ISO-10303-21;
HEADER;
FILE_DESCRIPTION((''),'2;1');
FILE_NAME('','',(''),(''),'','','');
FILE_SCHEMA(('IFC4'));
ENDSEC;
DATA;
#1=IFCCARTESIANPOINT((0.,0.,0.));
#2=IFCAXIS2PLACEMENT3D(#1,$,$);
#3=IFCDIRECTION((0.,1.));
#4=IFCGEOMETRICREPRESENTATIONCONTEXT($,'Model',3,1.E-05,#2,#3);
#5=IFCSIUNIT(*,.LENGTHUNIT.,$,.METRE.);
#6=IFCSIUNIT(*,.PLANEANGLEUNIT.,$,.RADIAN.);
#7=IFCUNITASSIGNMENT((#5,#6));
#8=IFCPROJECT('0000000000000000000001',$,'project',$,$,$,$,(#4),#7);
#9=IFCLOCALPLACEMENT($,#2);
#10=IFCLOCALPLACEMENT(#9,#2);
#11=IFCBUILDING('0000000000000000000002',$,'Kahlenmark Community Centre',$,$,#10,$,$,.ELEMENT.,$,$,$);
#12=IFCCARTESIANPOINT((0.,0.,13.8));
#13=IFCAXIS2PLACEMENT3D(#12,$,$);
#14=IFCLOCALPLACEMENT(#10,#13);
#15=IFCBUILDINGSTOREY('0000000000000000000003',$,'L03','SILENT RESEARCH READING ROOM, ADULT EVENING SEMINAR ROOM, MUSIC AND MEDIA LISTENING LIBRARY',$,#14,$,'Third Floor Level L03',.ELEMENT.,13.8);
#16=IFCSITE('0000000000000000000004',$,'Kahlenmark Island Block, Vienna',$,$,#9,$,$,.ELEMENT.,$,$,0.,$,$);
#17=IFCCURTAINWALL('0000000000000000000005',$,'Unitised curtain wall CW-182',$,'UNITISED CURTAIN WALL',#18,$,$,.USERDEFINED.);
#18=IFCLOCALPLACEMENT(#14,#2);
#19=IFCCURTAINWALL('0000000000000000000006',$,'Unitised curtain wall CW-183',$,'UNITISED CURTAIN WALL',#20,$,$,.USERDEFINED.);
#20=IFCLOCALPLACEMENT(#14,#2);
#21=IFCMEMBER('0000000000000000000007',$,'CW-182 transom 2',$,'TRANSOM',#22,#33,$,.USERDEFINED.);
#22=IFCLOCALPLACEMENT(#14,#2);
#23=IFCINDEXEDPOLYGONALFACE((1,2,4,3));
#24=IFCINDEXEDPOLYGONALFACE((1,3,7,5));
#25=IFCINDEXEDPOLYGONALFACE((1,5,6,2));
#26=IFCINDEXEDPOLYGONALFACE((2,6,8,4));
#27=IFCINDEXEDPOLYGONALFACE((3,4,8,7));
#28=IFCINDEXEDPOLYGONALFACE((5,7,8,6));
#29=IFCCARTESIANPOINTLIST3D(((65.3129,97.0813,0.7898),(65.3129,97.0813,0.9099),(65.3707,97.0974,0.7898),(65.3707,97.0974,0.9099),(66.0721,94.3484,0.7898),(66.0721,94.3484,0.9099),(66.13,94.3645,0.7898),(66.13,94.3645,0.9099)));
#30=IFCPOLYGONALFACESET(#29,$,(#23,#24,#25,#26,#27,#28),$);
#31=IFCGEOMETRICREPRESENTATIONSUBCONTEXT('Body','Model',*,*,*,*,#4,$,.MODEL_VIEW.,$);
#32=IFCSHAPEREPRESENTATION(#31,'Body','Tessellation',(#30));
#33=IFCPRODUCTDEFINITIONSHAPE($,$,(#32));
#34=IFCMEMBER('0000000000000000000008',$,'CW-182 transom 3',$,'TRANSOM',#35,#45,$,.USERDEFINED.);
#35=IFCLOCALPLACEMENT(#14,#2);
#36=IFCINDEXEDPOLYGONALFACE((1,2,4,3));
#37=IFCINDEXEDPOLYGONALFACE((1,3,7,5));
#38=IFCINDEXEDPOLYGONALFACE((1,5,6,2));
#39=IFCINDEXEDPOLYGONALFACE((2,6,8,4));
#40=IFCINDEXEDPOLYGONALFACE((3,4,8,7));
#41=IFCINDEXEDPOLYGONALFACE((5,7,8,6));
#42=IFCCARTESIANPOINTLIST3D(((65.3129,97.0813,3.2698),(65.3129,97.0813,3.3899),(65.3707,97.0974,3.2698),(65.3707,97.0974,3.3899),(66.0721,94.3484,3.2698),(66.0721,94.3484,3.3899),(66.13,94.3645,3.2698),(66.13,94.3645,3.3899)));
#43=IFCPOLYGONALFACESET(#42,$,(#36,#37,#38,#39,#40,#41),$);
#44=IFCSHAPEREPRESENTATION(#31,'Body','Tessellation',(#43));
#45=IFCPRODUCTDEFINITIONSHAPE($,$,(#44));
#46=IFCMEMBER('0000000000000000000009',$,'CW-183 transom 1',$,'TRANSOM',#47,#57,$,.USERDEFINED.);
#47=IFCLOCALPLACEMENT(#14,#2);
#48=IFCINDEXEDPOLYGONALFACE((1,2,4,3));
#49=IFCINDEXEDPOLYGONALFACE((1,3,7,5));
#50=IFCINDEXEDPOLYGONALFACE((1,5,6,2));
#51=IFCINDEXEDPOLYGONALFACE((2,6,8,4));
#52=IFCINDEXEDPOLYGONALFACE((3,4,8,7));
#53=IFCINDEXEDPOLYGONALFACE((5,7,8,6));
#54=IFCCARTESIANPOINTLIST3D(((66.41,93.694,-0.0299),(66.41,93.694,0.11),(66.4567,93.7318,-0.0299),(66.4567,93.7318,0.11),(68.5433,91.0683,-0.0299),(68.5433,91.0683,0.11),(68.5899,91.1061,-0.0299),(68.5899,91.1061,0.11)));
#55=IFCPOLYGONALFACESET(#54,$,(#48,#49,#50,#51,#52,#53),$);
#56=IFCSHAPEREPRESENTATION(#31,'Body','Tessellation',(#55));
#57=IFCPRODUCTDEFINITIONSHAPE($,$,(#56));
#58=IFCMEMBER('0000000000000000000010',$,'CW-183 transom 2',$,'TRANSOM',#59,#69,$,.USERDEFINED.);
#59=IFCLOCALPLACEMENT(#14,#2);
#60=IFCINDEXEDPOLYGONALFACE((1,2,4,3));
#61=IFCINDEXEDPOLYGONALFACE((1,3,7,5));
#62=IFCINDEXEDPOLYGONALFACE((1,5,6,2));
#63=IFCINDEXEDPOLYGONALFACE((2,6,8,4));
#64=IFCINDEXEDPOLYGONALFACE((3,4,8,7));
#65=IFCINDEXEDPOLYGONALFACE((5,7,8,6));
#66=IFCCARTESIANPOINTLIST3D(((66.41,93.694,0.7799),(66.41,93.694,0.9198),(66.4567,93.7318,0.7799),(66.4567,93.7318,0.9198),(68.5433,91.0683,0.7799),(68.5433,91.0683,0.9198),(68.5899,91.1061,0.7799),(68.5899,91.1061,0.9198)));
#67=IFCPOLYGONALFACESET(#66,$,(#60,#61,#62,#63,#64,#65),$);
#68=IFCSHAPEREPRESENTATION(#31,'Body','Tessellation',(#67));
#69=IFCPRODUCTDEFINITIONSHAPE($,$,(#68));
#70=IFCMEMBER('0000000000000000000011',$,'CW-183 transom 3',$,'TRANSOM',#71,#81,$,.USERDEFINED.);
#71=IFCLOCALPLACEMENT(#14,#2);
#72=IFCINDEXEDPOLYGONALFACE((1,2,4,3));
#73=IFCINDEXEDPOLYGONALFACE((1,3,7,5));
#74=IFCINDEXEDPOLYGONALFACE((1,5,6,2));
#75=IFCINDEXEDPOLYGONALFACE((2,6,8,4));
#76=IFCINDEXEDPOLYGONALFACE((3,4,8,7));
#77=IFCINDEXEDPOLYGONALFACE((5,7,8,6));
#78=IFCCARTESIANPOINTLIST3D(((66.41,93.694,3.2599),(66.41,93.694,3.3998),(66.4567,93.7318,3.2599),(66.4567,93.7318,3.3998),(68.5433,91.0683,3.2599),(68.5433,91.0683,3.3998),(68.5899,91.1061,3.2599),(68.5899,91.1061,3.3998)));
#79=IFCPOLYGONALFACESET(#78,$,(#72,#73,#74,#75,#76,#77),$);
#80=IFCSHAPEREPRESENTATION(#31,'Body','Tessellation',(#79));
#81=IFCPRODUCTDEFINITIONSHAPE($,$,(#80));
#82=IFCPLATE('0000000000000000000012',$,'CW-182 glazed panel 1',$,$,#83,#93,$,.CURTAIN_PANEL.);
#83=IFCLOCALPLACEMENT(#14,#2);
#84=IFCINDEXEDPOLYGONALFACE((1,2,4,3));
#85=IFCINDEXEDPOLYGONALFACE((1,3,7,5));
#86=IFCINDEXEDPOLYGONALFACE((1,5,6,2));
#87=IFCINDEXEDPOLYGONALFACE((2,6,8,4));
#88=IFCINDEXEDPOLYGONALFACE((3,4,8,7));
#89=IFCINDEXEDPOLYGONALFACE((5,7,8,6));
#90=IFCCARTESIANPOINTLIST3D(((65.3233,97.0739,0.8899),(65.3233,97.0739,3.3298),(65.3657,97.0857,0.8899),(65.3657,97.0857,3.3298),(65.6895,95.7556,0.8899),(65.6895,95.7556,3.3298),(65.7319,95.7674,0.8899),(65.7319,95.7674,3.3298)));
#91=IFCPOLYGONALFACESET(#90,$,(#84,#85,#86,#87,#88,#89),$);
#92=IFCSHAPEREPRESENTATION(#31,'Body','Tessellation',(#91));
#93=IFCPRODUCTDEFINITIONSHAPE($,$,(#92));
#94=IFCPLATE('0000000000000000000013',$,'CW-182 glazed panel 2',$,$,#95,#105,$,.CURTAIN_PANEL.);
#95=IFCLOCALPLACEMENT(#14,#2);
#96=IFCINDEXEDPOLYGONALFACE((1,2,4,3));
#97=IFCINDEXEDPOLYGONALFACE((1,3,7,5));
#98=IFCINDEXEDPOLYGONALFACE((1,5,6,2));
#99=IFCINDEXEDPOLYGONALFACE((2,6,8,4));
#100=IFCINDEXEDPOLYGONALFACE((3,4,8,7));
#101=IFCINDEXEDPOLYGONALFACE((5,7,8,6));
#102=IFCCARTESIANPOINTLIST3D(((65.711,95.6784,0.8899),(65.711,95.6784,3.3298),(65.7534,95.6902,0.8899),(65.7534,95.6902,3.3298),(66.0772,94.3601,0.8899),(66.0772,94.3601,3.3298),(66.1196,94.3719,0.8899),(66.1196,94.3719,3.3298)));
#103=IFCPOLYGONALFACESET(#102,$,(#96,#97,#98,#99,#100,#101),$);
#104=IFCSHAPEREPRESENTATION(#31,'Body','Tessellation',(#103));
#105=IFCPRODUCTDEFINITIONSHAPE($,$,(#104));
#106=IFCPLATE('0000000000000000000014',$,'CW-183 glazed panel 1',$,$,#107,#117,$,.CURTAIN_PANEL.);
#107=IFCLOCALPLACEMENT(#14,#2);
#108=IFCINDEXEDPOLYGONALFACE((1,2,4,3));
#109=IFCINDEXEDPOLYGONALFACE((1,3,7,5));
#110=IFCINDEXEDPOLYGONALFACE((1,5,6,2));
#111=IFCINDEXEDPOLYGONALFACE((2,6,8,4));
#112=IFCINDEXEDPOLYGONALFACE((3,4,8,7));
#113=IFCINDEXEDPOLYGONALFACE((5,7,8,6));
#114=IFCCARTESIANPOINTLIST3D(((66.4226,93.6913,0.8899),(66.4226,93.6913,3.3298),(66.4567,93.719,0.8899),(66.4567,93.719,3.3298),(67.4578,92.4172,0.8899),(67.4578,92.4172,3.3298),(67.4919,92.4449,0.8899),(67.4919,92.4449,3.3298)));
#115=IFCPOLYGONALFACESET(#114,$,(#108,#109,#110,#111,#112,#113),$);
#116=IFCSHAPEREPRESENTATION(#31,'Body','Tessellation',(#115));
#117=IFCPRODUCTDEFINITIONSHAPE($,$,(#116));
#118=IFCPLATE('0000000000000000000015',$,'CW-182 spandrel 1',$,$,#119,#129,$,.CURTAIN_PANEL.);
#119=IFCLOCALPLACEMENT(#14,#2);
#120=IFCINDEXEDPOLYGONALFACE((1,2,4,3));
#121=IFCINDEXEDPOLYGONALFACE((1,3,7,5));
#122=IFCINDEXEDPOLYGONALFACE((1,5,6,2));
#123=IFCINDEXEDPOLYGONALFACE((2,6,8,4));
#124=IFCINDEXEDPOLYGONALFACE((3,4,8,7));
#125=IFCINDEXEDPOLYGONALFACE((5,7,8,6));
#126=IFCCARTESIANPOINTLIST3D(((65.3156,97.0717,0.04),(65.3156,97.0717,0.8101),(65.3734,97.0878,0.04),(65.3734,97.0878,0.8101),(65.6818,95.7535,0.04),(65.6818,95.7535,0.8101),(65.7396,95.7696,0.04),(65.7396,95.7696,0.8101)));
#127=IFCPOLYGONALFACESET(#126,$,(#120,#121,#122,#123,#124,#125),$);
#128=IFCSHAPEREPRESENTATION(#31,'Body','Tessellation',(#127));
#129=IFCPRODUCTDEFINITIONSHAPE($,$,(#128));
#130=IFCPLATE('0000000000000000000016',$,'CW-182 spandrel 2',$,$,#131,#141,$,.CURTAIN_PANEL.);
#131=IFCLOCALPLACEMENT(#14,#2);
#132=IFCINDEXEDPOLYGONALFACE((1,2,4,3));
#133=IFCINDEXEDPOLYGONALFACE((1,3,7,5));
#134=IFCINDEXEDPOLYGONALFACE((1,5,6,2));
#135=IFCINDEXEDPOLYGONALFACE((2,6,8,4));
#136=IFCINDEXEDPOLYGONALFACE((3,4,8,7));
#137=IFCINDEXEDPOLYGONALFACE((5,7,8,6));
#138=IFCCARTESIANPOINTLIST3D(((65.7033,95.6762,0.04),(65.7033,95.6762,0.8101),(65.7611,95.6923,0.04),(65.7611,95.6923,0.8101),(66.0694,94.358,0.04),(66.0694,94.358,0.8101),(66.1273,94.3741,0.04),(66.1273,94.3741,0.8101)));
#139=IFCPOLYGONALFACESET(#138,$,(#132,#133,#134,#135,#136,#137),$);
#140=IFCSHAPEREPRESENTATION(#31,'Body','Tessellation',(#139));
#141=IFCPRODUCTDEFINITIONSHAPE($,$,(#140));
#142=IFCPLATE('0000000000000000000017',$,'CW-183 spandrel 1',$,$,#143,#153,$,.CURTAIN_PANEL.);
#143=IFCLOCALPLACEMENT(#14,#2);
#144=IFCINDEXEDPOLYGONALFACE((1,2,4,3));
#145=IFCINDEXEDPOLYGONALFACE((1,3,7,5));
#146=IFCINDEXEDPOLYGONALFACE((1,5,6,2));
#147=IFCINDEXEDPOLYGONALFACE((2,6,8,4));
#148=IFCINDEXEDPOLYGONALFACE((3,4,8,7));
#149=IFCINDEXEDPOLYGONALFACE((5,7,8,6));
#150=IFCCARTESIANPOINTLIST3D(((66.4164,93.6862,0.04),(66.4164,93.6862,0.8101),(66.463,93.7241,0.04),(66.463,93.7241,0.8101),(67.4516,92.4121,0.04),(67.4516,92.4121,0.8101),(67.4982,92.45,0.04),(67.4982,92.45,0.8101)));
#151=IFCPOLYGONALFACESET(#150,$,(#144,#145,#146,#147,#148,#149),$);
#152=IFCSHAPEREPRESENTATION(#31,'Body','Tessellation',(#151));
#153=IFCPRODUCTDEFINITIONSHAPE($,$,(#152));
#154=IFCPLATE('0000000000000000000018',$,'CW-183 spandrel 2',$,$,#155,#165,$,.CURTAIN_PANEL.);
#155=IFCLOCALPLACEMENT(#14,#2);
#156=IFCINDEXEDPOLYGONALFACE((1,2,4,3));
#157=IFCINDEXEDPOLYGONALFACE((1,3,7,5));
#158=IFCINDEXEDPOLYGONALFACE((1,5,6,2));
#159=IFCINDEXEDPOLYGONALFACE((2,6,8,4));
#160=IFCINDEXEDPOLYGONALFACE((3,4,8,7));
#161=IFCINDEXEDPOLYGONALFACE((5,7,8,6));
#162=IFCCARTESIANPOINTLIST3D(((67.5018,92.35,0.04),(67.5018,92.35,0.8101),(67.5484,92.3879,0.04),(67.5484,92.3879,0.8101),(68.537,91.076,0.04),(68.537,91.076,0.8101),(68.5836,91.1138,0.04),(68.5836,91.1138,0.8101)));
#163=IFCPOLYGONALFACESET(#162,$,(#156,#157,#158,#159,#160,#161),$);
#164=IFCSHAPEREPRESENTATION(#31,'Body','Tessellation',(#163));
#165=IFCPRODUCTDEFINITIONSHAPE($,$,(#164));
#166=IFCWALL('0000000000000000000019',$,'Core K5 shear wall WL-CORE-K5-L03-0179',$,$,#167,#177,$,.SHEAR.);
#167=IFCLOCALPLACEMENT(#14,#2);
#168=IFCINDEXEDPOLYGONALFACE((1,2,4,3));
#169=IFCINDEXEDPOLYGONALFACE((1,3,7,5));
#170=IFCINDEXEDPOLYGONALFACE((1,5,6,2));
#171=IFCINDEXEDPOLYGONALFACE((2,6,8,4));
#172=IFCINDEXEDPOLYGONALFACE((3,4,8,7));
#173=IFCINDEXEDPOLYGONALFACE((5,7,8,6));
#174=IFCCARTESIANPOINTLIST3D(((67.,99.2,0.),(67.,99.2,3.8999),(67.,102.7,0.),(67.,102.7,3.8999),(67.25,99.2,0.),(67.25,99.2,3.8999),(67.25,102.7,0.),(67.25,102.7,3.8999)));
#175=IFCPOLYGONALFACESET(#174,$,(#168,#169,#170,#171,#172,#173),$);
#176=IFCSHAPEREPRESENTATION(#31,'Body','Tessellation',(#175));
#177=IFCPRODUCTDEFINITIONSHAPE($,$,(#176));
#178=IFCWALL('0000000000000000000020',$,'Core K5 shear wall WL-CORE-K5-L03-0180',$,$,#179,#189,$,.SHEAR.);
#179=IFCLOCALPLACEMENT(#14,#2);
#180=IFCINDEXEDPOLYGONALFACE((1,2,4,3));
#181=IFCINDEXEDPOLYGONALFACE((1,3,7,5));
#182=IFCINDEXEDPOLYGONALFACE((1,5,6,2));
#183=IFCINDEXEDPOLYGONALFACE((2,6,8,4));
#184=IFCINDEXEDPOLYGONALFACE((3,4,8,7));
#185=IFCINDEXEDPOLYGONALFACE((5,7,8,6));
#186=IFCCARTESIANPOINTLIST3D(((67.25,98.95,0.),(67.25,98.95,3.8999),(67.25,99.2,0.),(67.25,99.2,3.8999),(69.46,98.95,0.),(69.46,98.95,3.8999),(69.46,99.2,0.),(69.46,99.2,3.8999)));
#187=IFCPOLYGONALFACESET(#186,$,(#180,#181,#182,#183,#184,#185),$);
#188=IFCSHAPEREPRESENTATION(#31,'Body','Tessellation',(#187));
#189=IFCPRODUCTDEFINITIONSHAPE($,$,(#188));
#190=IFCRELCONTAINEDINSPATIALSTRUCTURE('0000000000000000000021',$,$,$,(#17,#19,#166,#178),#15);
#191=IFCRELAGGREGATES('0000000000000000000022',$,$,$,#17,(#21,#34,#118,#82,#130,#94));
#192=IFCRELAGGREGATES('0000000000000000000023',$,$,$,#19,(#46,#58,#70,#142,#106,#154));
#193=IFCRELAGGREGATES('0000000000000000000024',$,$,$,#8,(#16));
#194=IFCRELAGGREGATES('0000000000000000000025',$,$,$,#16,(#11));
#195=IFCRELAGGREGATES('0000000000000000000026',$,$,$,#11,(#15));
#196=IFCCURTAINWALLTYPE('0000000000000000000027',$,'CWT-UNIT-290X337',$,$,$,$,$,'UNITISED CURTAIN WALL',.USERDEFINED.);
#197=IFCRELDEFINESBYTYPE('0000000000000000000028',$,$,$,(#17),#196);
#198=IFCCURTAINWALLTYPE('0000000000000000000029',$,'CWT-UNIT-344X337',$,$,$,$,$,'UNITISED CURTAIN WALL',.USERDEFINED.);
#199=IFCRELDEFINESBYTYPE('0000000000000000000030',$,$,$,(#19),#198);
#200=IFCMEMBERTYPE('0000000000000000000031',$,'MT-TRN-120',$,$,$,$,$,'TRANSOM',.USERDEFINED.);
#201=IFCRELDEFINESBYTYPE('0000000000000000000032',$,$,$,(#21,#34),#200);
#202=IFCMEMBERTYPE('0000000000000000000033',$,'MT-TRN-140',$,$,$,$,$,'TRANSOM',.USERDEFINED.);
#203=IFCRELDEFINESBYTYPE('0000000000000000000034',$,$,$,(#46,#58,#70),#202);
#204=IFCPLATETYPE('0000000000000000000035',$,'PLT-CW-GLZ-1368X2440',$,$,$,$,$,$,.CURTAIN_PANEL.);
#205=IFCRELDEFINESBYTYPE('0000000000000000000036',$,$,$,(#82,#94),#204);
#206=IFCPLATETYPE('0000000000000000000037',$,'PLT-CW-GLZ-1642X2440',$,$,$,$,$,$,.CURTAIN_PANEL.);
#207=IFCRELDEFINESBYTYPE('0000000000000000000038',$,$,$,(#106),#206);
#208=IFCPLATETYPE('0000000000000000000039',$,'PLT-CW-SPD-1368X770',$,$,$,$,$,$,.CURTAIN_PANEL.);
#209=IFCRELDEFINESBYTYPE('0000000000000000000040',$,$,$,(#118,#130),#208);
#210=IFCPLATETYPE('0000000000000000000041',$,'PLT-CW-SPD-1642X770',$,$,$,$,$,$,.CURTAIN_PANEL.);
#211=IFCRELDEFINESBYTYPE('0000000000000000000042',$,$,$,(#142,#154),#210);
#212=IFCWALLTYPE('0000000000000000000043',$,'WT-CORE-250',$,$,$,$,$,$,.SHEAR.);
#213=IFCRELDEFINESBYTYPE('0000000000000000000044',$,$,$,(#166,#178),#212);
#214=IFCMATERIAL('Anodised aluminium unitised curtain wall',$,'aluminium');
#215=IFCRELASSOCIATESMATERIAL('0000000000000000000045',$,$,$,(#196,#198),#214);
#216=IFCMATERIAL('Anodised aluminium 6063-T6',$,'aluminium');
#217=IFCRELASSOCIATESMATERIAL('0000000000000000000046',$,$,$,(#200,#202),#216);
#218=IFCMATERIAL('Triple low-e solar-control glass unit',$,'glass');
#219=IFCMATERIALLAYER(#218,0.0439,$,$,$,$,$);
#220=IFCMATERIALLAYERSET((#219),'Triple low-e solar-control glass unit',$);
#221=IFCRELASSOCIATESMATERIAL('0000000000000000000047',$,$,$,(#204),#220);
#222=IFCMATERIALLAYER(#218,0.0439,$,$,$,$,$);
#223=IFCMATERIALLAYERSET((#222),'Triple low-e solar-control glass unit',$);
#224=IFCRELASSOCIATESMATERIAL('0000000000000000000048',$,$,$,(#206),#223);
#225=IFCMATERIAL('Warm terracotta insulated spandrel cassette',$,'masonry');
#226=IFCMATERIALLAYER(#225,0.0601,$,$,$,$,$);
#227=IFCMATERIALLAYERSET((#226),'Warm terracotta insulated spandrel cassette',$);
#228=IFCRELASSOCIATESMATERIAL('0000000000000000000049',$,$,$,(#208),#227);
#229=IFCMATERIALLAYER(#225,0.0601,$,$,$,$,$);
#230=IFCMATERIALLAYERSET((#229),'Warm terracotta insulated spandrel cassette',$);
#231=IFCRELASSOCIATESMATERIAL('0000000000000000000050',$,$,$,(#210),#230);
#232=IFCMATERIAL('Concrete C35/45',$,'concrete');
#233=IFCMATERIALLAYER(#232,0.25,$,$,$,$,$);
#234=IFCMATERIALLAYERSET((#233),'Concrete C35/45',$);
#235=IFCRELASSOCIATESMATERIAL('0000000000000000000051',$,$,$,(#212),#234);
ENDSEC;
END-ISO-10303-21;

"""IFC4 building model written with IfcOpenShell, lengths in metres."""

from ifc_helpers import new_model, si_unit, direction, frame, frame_2d, origin, origin_2d, place, context, subcontext, project, spatial, rectangle, extrude, material, layer, layer_set, material_profile, profile_set, type_object, element, aggregate, save


model = new_model("IFC4")

# Units and contexts
model_context = context("Model", 3, precision=1e-05, world=origin(), true_north=direction((0.0, 1.0)))
body_context = subcontext(model_context, "Body", "Model", "MODEL_VIEW")
ifc_project = project(units=[si_unit("LENGTHUNIT", "METRE"), si_unit("PLANEANGLEUNIT", "RADIAN")], contexts=[model_context])

# Site, building, storey
site_placement = place(None, origin())
site = spatial("IfcSite", under=ifc_project, at=site_placement, Name="Kahlenmark Island Block, Vienna", CompositionType="ELEMENT", RefElevation=0.0)
building_placement = place(site_placement, origin())
building = spatial("IfcBuilding", under=site, at=building_placement, Name="Kahlenmark Community Centre", CompositionType="ELEMENT")
storey_placement = place(building_placement, frame((0.0, 0.0, 13.8)))
storey = spatial("IfcBuildingStorey", under=building, at=storey_placement, Name="L03", Description="SILENT RESEARCH READING ROOM, ADULT EVENING SEMINAR ROOM, MUSIC AND MEDIA LISTENING LIBRARY", LongName="Third Floor Level L03", CompositionType="ELEMENT", Elevation=13.8)

# Curtain walls
ifc_material_1 = material(Name="Anodised aluminium unitised curtain wall", Category="aluminium")
curtain_wall_type_1 = type_object("IfcCurtainWallType", Name="CWT-UNIT-290X337", ElementType="UNITISED CURTAIN WALL", PredefinedType="USERDEFINED", material=ifc_material_1)
curtain_wall_1_placement = place(storey_placement, origin())
curtain_wall_1 = element("IfcCurtainWall", 1, at=curtain_wall_1_placement, inside=storey, type_object=curtain_wall_type_1, Name="Unitised curtain wall CW-182", ObjectType="UNITISED CURTAIN WALL", PredefinedType="USERDEFINED")
ifc_material_2 = material(Name="Anodised aluminium 6063-T6", Category="aluminium")
curtain_wall_type_2 = type_object("IfcCurtainWallType", Name="CWT-UNIT-344X337", ElementType="UNITISED CURTAIN WALL", PredefinedType="USERDEFINED", material=ifc_material_1)
curtain_wall_2_placement = place(storey_placement, origin())
curtain_wall_2 = element("IfcCurtainWall", 2, at=curtain_wall_2_placement, inside=storey, type_object=curtain_wall_type_2, Name="Unitised curtain wall CW-183", ObjectType="UNITISED CURTAIN WALL", PredefinedType="USERDEFINED")

# Members
ifc_material_profile_1 = material_profile(ifc_material_2, rectangle(XDim=0.0601, YDim=0.1201, at=origin_2d()), Name="ALU TRANSOM 60x120")
ifc_profile_set_1 = profile_set([ifc_material_profile_1], Name="Anodised aluminium 6063-T6")
member_type_1 = type_object("IfcMemberType", Name="MT-TRN-120", ElementType="TRANSOM", PredefinedType="USERDEFINED", material=ifc_profile_set_1)
member_1_placement = place(storey_placement, frame((65.3418, 97.0894, 0.8499), z_axis=(0.267688, -0.963506, 0.0), x_axis=(0.963506, 0.267688, 0.0)))
member_1 = element("IfcMember", 3, at=member_1_placement, type_object=member_type_1, Name="CW-182 transom 2", ObjectType="TRANSOM", PredefinedType="USERDEFINED", context=body_context, shape_type="SweptSolid", body=[
    extrude(rectangle(XDim=0.0601, YDim=0.1201, at=origin_2d()), origin(), (0.0, 0.0, 1.0), 2.8364),
])
member_2_placement = place(storey_placement, frame((65.3418, 97.0894, 3.3298), z_axis=(0.267688, -0.963506, 0.0), x_axis=(0.963506, 0.267688, 0.0)))
member_2 = element("IfcMember", 4, at=member_2_placement, type_object=member_type_1, Name="CW-182 transom 3", ObjectType="TRANSOM", PredefinedType="USERDEFINED", context=body_context, shape_type="SweptSolid", body=[
    extrude(rectangle(XDim=0.0601, YDim=0.1201, at=origin_2d()), origin(), (0.0, 0.0, 1.0), 2.8364),
])
ifc_material_profile_2 = material_profile(ifc_material_2, rectangle(XDim=0.0601, YDim=0.1399, at=origin_2d()), Name="ALU TRANSOM 60x140")
ifc_profile_set_2 = profile_set([ifc_material_profile_2], Name="Anodised aluminium 6063-T6")
member_type_2 = type_object("IfcMemberType", Name="MT-TRN-140", ElementType="TRANSOM", PredefinedType="USERDEFINED", material=ifc_profile_set_2)
member_3_placement = place(storey_placement, frame((66.4333, 93.7129, 0.04), z_axis=(0.630574, -0.776129, 0.0), x_axis=(0.776129, 0.630574, 0.0)))
member_3 = element("IfcMember", 5, at=member_3_placement, type_object=member_type_2, Name="CW-183 transom 1", ObjectType="TRANSOM", PredefinedType="USERDEFINED", context=body_context, shape_type="SweptSolid", body=[
    extrude(rectangle(XDim=0.0601, YDim=0.1399, at=origin_2d()), origin(), (0.0, 0.0, 1.0), 3.3831),
])
member_4_placement = place(storey_placement, frame((66.4333, 93.7129, 0.8499), z_axis=(0.630574, -0.776129, 0.0), x_axis=(0.776129, 0.630574, 0.0)))
member_4 = element("IfcMember", 6, at=member_4_placement, type_object=member_type_2, Name="CW-183 transom 2", ObjectType="TRANSOM", PredefinedType="USERDEFINED", context=body_context, shape_type="SweptSolid", body=[
    extrude(rectangle(XDim=0.0601, YDim=0.1399, at=origin_2d()), origin(), (0.0, 0.0, 1.0), 3.3831),
])
member_5_placement = place(storey_placement, frame((66.4333, 93.7129, 3.3298), z_axis=(0.630574, -0.776129, 0.0), x_axis=(0.776129, 0.630574, 0.0)))
member_5 = element("IfcMember", 7, at=member_5_placement, type_object=member_type_2, Name="CW-183 transom 3", ObjectType="TRANSOM", PredefinedType="USERDEFINED", context=body_context, shape_type="SweptSolid", body=[
    extrude(rectangle(XDim=0.0601, YDim=0.1399, at=origin_2d()), origin(), (0.0, 0.0, 1.0), 3.3831),
])

# Plates
ifc_material_3 = material(Name="Triple low-e solar-control glass unit", Category="glass")
ifc_layer_1 = layer(ifc_material_3, 0.0439)
ifc_layer_set_1 = layer_set([ifc_layer_1], Name="Triple low-e solar-control glass unit")
plate_type_1 = type_object("IfcPlateType", Name="PLT-CW-GLZ-1368X2440", PredefinedType="CURTAIN_PANEL", material=ifc_layer_set_1)
plate_1_placement = place(storey_placement, frame((65.5276, 96.4207, 0.8899), z_axis=(0.0, 0.0, 1.0), x_axis=(0.267654, -0.963515, 0.0)))
plate_1 = element("IfcPlate", 8, at=plate_1_placement, type_object=plate_type_1, Name="CW-182 glazed panel 1", PredefinedType="CURTAIN_PANEL", context=body_context, shape_type="SweptSolid", body=[
    extrude(rectangle(XDim=1.3682, YDim=0.0439, at=origin_2d()), origin(), (0.0, 0.0, 1.0), 2.4399),
])
plate_2_placement = place(storey_placement, frame((65.9153, 95.0251, 0.8899), z_axis=(0.0, 0.0, 1.0), x_axis=(0.267654, -0.963515, 0.0)))
plate_2 = element("IfcPlate", 9, at=plate_2_placement, type_object=plate_type_1, Name="CW-182 glazed panel 2", PredefinedType="CURTAIN_PANEL", context=body_context, shape_type="SweptSolid", body=[
    extrude(rectangle(XDim=1.3682, YDim=0.0439, at=origin_2d()), origin(), (0.0, 0.0, 1.0), 2.4399),
])
ifc_layer_2 = layer(ifc_material_3, 0.0439)
ifc_layer_set_2 = layer_set([ifc_layer_2], Name="Triple low-e solar-control glass unit")
plate_type_2 = type_object("IfcPlateType", Name="PLT-CW-GLZ-1642X2440", PredefinedType="CURTAIN_PANEL", material=ifc_layer_set_2)
plate_3_placement = place(storey_placement, frame((66.9573, 93.0681, 0.8899), z_axis=(0.0, 0.0, 1.0), x_axis=(0.630599, -0.776109, 0.0)))
plate_3 = element("IfcPlate", 10, at=plate_3_placement, type_object=plate_type_2, Name="CW-183 glazed panel 1", PredefinedType="CURTAIN_PANEL", context=body_context, shape_type="SweptSolid", body=[
    extrude(rectangle(XDim=1.6416, YDim=0.0439, at=origin_2d()), origin(), (0.0, 0.0, 1.0), 2.4399),
])
ifc_material_4 = material(Name="Warm terracotta insulated spandrel cassette", Category="masonry")
ifc_layer_3 = layer(ifc_material_4, 0.0601)
ifc_layer_set_3 = layer_set([ifc_layer_3], Name="Warm terracotta insulated spandrel cassette")
plate_type_3 = type_object("IfcPlateType", Name="PLT-CW-SPD-1368X770", PredefinedType="CURTAIN_PANEL", material=ifc_layer_set_3)
plate_4_placement = place(storey_placement, frame((65.5276, 96.4207, 0.04), z_axis=(0.0, 0.0, 1.0), x_axis=(0.267654, -0.963515, 0.0)))
plate_4 = element("IfcPlate", 11, at=plate_4_placement, type_object=plate_type_3, Name="CW-182 spandrel 1", PredefinedType="CURTAIN_PANEL", context=body_context, shape_type="SweptSolid", body=[
    extrude(rectangle(XDim=1.3682, YDim=0.0601, at=origin_2d()), origin(), (0.0, 0.0, 1.0), 0.77),
])
plate_5_placement = place(storey_placement, frame((65.9153, 95.0251, 0.04), z_axis=(0.0, 0.0, 1.0), x_axis=(0.267654, -0.963515, 0.0)))
plate_5 = element("IfcPlate", 12, at=plate_5_placement, type_object=plate_type_3, Name="CW-182 spandrel 2", PredefinedType="CURTAIN_PANEL", context=body_context, shape_type="SweptSolid", body=[
    extrude(rectangle(XDim=1.3682, YDim=0.0601, at=origin_2d()), origin(), (0.0, 0.0, 1.0), 0.77),
])
aggregate(curtain_wall_1, [member_1, member_2, plate_4, plate_1, plate_5, plate_2])
ifc_layer_4 = layer(ifc_material_4, 0.0601)
ifc_layer_set_4 = layer_set([ifc_layer_4], Name="Warm terracotta insulated spandrel cassette")
plate_type_4 = type_object("IfcPlateType", Name="PLT-CW-SPD-1642X770", PredefinedType="CURTAIN_PANEL", material=ifc_layer_set_4)
plate_6_placement = place(storey_placement, frame((66.9573, 93.0681, 0.04), z_axis=(0.0, 0.0, 1.0), x_axis=(0.630599, -0.776109, 0.0)))
plate_6 = element("IfcPlate", 13, at=plate_6_placement, type_object=plate_type_4, Name="CW-183 spandrel 1", PredefinedType="CURTAIN_PANEL", context=body_context, shape_type="SweptSolid", body=[
    extrude(rectangle(XDim=1.6416, YDim=0.0601, at=origin_2d()), origin(), (0.0, 0.0, 1.0), 0.77),
])
plate_7_placement = place(storey_placement, frame((68.0427, 91.7319, 0.04), z_axis=(0.0, 0.0, 1.0), x_axis=(0.630599, -0.776109, 0.0)))
plate_7 = element("IfcPlate", 14, at=plate_7_placement, type_object=plate_type_4, Name="CW-183 spandrel 2", PredefinedType="CURTAIN_PANEL", context=body_context, shape_type="SweptSolid", body=[
    extrude(rectangle(XDim=1.6416, YDim=0.0601, at=origin_2d()), origin(), (0.0, 0.0, 1.0), 0.77),
])
aggregate(curtain_wall_2, [member_3, member_4, member_5, plate_6, plate_3, plate_7])

# Walls
ifc_material_5 = material(Name="Concrete C35/45", Category="concrete")
ifc_layer_5 = layer(ifc_material_5, 0.25)
ifc_layer_set_5 = layer_set([ifc_layer_5], Name="Concrete C35/45")
wall_type_1 = type_object("IfcWallType", Name="WT-CORE-250", PredefinedType="SHEAR", material=ifc_layer_set_5)
wall_1_placement = place(storey_placement, frame((67.125, 99.2, 0.0), z_axis=(0.0, 0.0, 1.0), x_axis=(0.0, 1.0, 0.0)))
element("IfcWall", 15, at=wall_1_placement, inside=storey, type_object=wall_type_1, Name="Core K5 shear wall WL-CORE-K5-L03-0179", PredefinedType="SHEAR", context=body_context, shape_type="SweptSolid", body=[
    extrude(rectangle(XDim=3.5, YDim=0.25, at=frame_2d((1.75, 0.0))), origin(), (0.0, 0.0, 1.0), 3.8999),
])
wall_2_placement = place(storey_placement, frame((67.25, 99.075, 0.0), z_axis=(0.0, 0.0, 1.0), x_axis=(1.0, 0.0, 0.0)))
element("IfcWall", 16, at=wall_2_placement, inside=storey, type_object=wall_type_1, Name="Core K5 shear wall WL-CORE-K5-L03-0180", PredefinedType="SHEAR", context=body_context, shape_type="SweptSolid", body=[
    extrude(rectangle(XDim=2.21, YDim=0.25, at=frame_2d((1.105, 0.0))), origin(), (0.0, 0.0, 1.0), 3.8999),
])

save(model, "model.ifc")
